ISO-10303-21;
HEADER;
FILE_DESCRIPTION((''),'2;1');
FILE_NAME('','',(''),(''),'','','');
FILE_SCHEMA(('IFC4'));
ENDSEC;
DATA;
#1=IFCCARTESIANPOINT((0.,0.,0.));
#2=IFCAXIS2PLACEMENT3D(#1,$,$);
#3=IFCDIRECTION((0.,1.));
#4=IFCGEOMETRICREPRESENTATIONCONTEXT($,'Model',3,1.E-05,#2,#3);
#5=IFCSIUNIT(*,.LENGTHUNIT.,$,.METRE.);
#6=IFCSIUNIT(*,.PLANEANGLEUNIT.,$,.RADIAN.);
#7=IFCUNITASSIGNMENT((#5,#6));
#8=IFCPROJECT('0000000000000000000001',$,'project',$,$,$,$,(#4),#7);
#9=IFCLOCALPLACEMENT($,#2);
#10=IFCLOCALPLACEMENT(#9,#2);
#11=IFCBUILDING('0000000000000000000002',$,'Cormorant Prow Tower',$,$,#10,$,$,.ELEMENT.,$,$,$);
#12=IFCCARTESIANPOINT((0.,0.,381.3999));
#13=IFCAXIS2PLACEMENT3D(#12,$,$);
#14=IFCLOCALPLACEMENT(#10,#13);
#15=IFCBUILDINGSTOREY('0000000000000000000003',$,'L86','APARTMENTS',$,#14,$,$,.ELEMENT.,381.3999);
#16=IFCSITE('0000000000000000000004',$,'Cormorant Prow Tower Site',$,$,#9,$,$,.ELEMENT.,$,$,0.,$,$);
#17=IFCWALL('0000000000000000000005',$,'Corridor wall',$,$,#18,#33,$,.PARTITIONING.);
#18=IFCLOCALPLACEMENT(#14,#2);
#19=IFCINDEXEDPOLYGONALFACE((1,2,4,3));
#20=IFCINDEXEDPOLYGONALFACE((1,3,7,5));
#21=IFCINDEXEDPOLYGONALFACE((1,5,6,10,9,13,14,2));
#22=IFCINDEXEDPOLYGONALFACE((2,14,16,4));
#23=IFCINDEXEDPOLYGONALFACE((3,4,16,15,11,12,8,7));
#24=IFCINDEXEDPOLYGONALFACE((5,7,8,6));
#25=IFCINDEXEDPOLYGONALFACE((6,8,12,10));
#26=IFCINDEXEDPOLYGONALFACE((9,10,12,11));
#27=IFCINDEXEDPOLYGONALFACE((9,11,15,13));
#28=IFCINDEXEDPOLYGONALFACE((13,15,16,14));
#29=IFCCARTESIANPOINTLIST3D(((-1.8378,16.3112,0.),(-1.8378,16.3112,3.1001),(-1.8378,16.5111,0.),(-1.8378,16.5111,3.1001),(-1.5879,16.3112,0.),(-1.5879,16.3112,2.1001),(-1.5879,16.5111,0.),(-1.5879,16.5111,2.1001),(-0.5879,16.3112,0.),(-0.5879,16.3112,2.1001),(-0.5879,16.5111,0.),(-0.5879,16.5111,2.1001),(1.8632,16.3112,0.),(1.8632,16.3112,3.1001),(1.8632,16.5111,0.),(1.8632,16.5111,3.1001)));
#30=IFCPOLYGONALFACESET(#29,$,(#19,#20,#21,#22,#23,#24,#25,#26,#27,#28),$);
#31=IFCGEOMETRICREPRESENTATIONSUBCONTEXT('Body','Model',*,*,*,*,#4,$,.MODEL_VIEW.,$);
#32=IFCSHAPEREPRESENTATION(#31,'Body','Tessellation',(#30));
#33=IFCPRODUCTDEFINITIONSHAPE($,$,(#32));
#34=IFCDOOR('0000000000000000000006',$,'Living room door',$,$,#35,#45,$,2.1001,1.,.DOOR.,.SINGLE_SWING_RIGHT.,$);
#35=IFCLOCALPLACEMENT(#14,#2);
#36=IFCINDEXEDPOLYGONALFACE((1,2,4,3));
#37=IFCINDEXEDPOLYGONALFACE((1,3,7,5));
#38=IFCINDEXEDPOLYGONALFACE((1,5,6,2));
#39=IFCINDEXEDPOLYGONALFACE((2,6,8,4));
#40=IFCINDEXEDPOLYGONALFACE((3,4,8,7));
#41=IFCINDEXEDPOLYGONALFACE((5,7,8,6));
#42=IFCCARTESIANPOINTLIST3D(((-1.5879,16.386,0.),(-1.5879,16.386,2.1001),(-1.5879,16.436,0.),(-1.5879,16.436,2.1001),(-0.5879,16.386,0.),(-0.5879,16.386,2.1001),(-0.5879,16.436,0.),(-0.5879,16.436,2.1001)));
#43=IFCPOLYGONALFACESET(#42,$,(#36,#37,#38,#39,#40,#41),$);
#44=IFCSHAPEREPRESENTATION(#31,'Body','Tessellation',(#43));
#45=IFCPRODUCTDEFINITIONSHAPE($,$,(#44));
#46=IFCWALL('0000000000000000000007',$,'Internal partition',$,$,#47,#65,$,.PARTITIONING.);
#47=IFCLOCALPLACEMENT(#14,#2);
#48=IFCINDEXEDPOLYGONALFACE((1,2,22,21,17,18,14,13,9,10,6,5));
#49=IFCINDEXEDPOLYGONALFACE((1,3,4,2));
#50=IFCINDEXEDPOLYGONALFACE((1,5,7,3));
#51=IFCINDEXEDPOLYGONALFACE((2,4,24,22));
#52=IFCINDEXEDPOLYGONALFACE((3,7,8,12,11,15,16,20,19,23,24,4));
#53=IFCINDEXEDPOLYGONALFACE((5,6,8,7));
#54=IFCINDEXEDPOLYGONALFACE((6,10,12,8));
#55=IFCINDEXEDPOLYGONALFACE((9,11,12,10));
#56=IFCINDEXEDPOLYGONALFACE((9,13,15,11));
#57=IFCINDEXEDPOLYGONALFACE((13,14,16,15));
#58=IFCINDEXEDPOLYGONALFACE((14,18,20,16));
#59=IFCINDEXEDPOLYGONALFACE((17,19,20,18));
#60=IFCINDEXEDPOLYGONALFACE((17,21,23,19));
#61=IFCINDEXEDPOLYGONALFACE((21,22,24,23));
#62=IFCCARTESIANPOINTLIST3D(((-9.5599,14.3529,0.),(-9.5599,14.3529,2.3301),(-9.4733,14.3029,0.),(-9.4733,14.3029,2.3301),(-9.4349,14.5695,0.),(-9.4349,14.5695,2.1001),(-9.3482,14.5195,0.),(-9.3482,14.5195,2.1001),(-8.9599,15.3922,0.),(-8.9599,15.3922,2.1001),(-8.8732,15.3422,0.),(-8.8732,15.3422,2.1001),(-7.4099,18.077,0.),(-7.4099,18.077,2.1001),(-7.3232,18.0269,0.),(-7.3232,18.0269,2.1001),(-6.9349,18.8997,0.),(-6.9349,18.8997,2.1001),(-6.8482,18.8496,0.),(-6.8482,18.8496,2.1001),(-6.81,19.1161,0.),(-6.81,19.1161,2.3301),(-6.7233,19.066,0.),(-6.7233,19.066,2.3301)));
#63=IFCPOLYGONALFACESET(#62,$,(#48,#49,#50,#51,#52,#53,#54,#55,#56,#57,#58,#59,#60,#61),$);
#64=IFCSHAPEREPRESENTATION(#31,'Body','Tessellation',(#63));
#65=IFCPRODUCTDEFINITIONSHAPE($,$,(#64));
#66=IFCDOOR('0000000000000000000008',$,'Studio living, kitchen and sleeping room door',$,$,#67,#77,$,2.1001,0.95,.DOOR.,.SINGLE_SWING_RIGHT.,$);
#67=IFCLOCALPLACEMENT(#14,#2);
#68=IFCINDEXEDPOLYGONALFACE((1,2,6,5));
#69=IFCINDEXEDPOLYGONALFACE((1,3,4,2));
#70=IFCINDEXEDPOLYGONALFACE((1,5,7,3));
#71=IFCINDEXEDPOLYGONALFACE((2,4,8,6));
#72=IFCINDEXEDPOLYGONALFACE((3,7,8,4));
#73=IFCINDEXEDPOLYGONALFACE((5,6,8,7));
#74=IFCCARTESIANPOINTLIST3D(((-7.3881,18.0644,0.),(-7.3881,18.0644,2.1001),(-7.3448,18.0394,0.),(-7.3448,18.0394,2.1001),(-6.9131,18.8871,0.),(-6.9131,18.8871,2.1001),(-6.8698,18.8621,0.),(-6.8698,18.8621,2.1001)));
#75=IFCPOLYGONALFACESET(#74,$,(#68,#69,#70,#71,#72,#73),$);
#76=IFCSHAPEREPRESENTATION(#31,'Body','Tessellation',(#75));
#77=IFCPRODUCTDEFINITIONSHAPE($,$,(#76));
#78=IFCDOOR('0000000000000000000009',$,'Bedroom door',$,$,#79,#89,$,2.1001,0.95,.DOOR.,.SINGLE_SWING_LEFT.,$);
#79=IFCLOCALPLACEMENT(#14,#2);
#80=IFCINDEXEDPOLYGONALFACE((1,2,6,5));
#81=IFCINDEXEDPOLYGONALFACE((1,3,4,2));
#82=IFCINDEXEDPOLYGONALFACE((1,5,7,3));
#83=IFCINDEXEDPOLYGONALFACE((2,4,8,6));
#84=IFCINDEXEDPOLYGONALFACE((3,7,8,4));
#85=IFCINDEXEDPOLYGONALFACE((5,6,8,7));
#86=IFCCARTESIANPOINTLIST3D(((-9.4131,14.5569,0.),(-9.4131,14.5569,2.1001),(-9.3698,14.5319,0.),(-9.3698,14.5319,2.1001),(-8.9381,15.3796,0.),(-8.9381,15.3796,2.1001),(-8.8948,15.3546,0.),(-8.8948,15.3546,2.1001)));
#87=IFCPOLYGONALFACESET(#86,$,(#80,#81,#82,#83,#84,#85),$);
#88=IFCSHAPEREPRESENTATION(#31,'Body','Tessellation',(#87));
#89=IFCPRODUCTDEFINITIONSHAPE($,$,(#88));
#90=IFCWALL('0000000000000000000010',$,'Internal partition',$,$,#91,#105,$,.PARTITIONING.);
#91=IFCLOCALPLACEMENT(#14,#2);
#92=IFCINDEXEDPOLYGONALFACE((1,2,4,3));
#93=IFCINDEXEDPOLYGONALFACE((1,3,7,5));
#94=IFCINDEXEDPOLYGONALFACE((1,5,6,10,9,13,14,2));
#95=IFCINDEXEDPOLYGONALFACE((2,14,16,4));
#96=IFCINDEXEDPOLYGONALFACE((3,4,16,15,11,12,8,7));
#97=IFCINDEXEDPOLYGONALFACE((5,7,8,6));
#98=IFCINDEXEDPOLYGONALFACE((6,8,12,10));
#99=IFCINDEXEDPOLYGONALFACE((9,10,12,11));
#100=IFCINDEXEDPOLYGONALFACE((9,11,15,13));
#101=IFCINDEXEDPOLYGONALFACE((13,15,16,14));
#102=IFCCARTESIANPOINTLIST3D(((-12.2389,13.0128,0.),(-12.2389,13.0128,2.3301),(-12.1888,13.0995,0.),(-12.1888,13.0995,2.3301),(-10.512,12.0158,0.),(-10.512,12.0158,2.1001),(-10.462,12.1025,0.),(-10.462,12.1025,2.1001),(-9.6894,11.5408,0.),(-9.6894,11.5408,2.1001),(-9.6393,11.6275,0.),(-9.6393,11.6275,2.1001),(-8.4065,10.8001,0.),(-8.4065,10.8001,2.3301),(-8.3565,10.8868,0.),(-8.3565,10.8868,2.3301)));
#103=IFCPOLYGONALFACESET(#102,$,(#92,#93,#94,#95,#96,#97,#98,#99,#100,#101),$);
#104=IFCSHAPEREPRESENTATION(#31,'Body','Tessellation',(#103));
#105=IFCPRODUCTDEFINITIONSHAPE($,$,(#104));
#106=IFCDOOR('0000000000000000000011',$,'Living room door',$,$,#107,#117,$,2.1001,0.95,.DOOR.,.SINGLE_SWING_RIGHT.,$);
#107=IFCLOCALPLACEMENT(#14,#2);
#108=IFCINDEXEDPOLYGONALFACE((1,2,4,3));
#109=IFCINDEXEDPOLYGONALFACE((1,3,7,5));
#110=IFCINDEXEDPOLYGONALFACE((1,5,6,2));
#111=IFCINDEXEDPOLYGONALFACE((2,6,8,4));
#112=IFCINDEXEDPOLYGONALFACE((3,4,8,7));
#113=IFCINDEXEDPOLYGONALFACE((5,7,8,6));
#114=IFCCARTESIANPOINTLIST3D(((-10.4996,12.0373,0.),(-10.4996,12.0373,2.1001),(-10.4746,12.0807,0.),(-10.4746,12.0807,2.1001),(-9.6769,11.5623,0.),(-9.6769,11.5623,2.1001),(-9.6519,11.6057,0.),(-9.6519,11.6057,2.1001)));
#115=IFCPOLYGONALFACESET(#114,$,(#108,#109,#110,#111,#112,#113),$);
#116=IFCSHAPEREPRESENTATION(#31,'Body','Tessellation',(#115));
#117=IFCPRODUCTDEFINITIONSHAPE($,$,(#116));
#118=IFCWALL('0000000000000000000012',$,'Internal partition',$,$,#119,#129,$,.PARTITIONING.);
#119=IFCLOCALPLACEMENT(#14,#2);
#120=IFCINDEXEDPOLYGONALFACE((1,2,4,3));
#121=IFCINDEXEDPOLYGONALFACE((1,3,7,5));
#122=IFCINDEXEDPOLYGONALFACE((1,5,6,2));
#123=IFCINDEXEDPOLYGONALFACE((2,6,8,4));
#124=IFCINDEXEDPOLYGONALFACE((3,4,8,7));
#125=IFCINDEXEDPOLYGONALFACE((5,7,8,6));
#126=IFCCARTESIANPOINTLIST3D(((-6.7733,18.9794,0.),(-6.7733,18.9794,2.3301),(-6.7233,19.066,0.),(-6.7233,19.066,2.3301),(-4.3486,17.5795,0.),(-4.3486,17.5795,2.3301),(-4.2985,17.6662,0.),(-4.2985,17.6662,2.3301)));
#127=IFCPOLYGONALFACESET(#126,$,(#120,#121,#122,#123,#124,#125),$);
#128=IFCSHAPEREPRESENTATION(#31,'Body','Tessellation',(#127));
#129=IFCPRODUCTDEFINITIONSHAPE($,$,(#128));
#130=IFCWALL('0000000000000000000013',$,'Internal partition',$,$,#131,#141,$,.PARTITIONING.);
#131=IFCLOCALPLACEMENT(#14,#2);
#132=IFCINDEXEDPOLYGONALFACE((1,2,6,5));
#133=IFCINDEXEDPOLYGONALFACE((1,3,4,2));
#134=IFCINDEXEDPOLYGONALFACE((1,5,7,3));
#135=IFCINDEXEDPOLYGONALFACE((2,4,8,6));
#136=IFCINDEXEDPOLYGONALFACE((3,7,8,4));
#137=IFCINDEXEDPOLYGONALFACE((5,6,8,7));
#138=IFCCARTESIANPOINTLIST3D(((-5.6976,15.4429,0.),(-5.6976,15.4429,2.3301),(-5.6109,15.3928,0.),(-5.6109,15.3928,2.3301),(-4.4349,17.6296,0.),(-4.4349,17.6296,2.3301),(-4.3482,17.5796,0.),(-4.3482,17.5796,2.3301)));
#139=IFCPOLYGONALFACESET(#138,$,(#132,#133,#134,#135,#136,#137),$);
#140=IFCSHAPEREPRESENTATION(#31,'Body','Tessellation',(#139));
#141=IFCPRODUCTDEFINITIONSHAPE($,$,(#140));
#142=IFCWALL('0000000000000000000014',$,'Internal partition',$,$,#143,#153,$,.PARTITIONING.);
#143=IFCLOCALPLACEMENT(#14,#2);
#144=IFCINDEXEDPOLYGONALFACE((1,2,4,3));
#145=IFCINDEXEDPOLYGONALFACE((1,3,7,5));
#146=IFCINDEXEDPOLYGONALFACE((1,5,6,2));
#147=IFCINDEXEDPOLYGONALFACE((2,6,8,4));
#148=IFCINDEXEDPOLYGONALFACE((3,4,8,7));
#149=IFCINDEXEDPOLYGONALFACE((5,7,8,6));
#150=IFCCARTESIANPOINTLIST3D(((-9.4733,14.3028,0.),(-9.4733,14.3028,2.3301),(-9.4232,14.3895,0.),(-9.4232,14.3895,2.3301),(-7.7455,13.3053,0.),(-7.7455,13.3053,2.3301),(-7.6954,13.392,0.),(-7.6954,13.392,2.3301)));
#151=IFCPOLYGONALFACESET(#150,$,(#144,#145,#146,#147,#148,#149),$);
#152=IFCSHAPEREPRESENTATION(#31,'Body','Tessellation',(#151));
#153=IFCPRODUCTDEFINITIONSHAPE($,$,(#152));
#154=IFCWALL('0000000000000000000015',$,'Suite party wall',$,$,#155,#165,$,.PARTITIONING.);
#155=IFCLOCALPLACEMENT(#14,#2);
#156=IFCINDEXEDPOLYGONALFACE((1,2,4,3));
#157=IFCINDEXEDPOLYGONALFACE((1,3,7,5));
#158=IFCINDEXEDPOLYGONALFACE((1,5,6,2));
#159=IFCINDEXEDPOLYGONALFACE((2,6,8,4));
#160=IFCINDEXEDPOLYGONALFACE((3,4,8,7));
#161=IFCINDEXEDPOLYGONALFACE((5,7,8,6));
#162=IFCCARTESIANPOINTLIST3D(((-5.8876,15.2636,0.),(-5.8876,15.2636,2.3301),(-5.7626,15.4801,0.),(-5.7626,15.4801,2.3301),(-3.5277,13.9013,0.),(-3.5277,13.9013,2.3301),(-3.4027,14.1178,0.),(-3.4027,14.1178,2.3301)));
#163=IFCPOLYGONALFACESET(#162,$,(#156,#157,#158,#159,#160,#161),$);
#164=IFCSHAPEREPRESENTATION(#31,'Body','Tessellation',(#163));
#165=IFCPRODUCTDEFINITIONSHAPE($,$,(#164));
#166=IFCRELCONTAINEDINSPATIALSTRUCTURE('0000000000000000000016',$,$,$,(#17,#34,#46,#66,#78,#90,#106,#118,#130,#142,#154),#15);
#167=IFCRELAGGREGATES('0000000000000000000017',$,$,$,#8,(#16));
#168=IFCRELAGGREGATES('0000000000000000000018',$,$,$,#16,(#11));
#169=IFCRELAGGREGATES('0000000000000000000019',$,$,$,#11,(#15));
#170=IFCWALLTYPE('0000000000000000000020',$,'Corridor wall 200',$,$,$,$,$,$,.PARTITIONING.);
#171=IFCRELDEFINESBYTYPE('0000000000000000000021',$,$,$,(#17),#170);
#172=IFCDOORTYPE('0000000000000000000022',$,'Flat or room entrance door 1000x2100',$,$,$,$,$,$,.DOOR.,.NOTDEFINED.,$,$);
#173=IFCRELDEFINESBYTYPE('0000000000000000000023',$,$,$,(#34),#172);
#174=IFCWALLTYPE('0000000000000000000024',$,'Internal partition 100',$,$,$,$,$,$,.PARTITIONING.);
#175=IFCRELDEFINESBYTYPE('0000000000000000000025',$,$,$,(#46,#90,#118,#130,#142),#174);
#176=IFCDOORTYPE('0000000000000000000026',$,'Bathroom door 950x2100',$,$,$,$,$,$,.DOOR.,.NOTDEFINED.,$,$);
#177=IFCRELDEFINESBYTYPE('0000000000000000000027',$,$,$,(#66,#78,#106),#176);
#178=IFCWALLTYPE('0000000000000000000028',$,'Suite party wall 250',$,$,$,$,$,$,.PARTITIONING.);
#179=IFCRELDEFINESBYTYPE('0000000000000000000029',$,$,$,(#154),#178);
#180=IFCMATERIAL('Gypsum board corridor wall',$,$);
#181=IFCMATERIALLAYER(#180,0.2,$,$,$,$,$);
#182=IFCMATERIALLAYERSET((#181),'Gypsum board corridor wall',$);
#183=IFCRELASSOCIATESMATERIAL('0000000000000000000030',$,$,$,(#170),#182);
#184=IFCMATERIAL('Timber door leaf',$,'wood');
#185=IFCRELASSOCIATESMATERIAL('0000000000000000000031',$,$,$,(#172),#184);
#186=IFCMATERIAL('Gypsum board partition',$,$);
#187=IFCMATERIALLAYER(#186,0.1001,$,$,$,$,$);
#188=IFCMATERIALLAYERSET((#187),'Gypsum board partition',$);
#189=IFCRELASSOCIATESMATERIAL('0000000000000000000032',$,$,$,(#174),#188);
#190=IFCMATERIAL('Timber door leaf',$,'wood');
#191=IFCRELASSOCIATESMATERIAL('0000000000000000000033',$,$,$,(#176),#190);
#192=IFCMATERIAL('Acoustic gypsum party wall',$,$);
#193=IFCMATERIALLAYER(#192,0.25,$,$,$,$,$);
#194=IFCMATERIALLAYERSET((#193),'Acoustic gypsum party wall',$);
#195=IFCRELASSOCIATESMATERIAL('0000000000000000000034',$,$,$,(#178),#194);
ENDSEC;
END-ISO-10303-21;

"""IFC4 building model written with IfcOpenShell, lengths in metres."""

from ifc_helpers import new_model, si_unit, direction, frame, frame_2d, origin, place, context, subcontext, project, spatial, rectangle, extrude, material, layer, layer_set, type_object, element, fill, save


model = new_model("IFC4")

# Units and contexts
model_context = context("Model", 3, precision=1e-05, world=origin(), true_north=direction((0.0, 1.0)))
body_context = subcontext(model_context, "Body", "Model", "MODEL_VIEW")
ifc_project = project(units=[si_unit("LENGTHUNIT", "METRE"), si_unit("PLANEANGLEUNIT", "RADIAN")], contexts=[model_context])

# Site, building, storey
site_placement = place(None, origin())
site = spatial("IfcSite", under=ifc_project, at=site_placement, Name="Cormorant Prow Tower Site", CompositionType="ELEMENT", RefElevation=0.0)
building_placement = place(site_placement, origin())
building = spatial("IfcBuilding", under=site, at=building_placement, Name="Cormorant Prow Tower", CompositionType="ELEMENT")
storey_placement = place(building_placement, frame((0.0, 0.0, 381.3999)))
storey = spatial("IfcBuildingStorey", under=building, at=storey_placement, Name="L86", Description="APARTMENTS", CompositionType="ELEMENT", Elevation=381.3999)

# Wall, opening, door
ifc_material_1 = material(Name="Gypsum board corridor wall")
ifc_layer_1 = layer(ifc_material_1, 0.2)
ifc_layer_set_1 = layer_set([ifc_layer_1], Name="Gypsum board corridor wall")
wall_type_1 = type_object("IfcWallType", Name="Corridor wall 200", PredefinedType="PARTITIONING", material=ifc_layer_set_1)
ifc_material_2 = material(Name="Timber door leaf", Category="wood")
door_type_1 = type_object("IfcDoorType", Name="Flat or room entrance door 1000x2100", OperationType="NOTDEFINED", PredefinedType="DOOR", material=ifc_material_2)
wall_1_placement = place(storey_placement, frame((-1.8379, 16.4111, 0.0), z_axis=(0.0, 0.0, 1.0), x_axis=(1.0, 0.0, 0.0)))
wall_1 = element("IfcWall", 1, at=wall_1_placement, inside=storey, type_object=wall_type_1, Name="Corridor wall", PredefinedType="PARTITIONING", context=body_context, shape_type="SweptSolid", body=[
    extrude(rectangle(XDim=3.7009, YDim=0.2, at=frame_2d((1.8506, 0.0))), origin(), (0.0, 0.0, 1.0), 3.1001),
])
opening_1_placement = place(wall_1_placement, frame((0.25, 0.0, 0.0)))
opening_1 = element("IfcOpeningElement", 2, at=opening_1_placement, cuts=wall_1, PredefinedType="OPENING", context=body_context, shape_type="SweptSolid", body=[
    extrude(rectangle(XDim=1.0, YDim=2.1001, at=frame_2d((0.5, 1.05))), frame((0.0, 0.1099, 0.0), z_axis=(0.0, -1.0, 0.0), x_axis=(1.0, 0.0, 0.0)), (0.0, 0.0, 1.0), 0.22),
])
door_1_placement = place(opening_1_placement, origin())
door_1 = element("IfcDoor", 3, at=door_1_placement, inside=storey, type_object=door_type_1, Name="Living room door", OperationType="SINGLE_SWING_RIGHT", OverallHeight=2.1001, OverallWidth=1.0, PredefinedType="DOOR", context=body_context, shape_type="SweptSolid", body=[
    extrude(rectangle(XDim=1.0, YDim=2.1001, at=frame_2d((0.5, 1.05))), frame((0.0, 0.0249, 0.0), z_axis=(0.0, -1.0, 0.0), x_axis=(1.0, 0.0, 0.0)), (0.0, 0.0, 1.0), 0.05),
])
fill(opening_1, door_1)

# Wall, openings, doors
ifc_material_3 = material(Name="Gypsum board partition")
ifc_layer_2 = layer(ifc_material_3, 0.1001)
ifc_layer_set_2 = layer_set([ifc_layer_2], Name="Gypsum board partition")
wall_type_2 = type_object("IfcWallType", Name="Internal partition 100", PredefinedType="PARTITIONING", material=ifc_layer_set_2)
wall_2_placement = place(storey_placement, frame((-9.5166, 14.3279, 0.0), z_axis=(0.0, 0.0, 1.0), x_axis=(0.499997, 0.866027, 0.0)))
wall_2 = element("IfcWall", 4, at=wall_2_placement, inside=storey, type_object=wall_type_2, Name="Internal partition", PredefinedType="PARTITIONING", context=body_context, shape_type="SweptSolid", body=[
    extrude(rectangle(XDim=5.5, YDim=0.1001, at=frame_2d((2.75, 0.0))), origin(), (0.0, 0.0, 1.0), 2.3301),
])
opening_2_placement = place(wall_2_placement, frame((4.3, 0.0, 0.0)))
opening_2 = element("IfcOpeningElement", 5, at=opening_2_placement, cuts=wall_2, PredefinedType="OPENING", context=body_context, shape_type="SweptSolid", body=[
    extrude(rectangle(XDim=0.95, YDim=2.1001, at=frame_2d((0.4751, 1.05))), frame((0.0, 0.0601, 0.0), z_axis=(0.0, -1.0, 0.0), x_axis=(1.0, 0.0, 0.0)), (0.0, 0.0, 1.0), 0.1201),
])
opening_3_placement = place(wall_2_placement, frame((0.25, 0.0, 0.0)))
opening_3 = element("IfcOpeningElement", 6, at=opening_3_placement, cuts=wall_2, PredefinedType="OPENING", context=body_context, shape_type="SweptSolid", body=[
    extrude(rectangle(XDim=0.95, YDim=2.1001, at=frame_2d((0.4751, 1.05))), frame((0.0, 0.0601, 0.0), z_axis=(0.0, -1.0, 0.0), x_axis=(1.0, 0.0, 0.0)), (0.0, 0.0, 1.0), 0.1201),
])
ifc_material_4 = material(Name="Timber door leaf", Category="wood")
door_type_2 = type_object("IfcDoorType", Name="Bathroom door 950x2100", OperationType="NOTDEFINED", PredefinedType="DOOR", material=ifc_material_4)
door_2_placement = place(opening_2_placement, origin())
door_2 = element("IfcDoor", 7, at=door_2_placement, inside=storey, type_object=door_type_2, Name="Studio living, kitchen and sleeping room door", OperationType="SINGLE_SWING_RIGHT", OverallHeight=2.1001, OverallWidth=0.95, PredefinedType="DOOR", context=body_context, shape_type="SweptSolid", body=[
    extrude(rectangle(XDim=0.95, YDim=2.1001, at=frame_2d((0.4751, 1.05))), frame((0.0, 0.0249, 0.0), z_axis=(0.0, -1.0, 0.0), x_axis=(1.0, 0.0, 0.0)), (0.0, 0.0, 1.0), 0.05),
])
fill(opening_2, door_2)
door_3_placement = place(opening_3_placement, origin())
door_3 = element("IfcDoor", 8, at=door_3_placement, inside=storey, type_object=door_type_2, Name="Bedroom door", OperationType="SINGLE_SWING_LEFT", OverallHeight=2.1001, OverallWidth=0.95, PredefinedType="DOOR", context=body_context, shape_type="SweptSolid", body=[
    extrude(rectangle(XDim=0.95, YDim=2.1001, at=frame_2d((0.4751, 1.05))), frame((0.0, 0.0249, 0.0), z_axis=(0.0, -1.0, 0.0), x_axis=(1.0, 0.0, 0.0)), (0.0, 0.0, 1.0), 0.05),
])
fill(opening_3, door_3)

# Wall, opening, door
wall_3_placement = place(storey_placement, frame((-12.2139, 13.0562, 0.0), z_axis=(0.0, 0.0, 1.0), x_axis=(0.866017, -0.500014, 0.0)))
wall_3 = element("IfcWall", 9, at=wall_3_placement, inside=storey, type_object=wall_type_2, Name="Internal partition", PredefinedType="PARTITIONING", context=body_context, shape_type="SweptSolid", body=[
    extrude(rectangle(XDim=4.4253, YDim=0.1001, at=frame_2d((2.2126, 0.0))), origin(), (0.0, 0.0, 1.0), 2.3301),
])
opening_4_placement = place(wall_3_placement, frame((1.9939, 0.0, 0.0)))
opening_4 = element("IfcOpeningElement", 10, at=opening_4_placement, cuts=wall_3, PredefinedType="OPENING", context=body_context, shape_type="SweptSolid", body=[
    extrude(rectangle(XDim=0.95, YDim=2.1001, at=frame_2d((0.4751, 1.05))), frame((0.0, 0.0601, 0.0), z_axis=(0.0, -1.0, 0.0), x_axis=(1.0, 0.0, 0.0)), (0.0, 0.0, 1.0), 0.1201),
])
door_4_placement = place(opening_4_placement, origin())
door_4 = element("IfcDoor", 11, at=door_4_placement, inside=storey, type_object=door_type_2, Name="Living room door", OperationType="SINGLE_SWING_RIGHT", OverallHeight=2.1001, OverallWidth=0.95, PredefinedType="DOOR", context=body_context, shape_type="SweptSolid", body=[
    extrude(rectangle(XDim=0.95, YDim=2.1001, at=frame_2d((0.4751, 1.05))), frame((0.0, 0.0249, 0.0), z_axis=(0.0, -1.0, 0.0), x_axis=(1.0, 0.0, 0.0)), (0.0, 0.0, 1.0), 0.05),
])
fill(opening_4, door_4)

# Walls
wall_4_placement = place(storey_placement, frame((-6.7483, 19.0227, 0.0), z_axis=(0.0, 0.0, 1.0), x_axis=(0.866035, -0.499984, 0.0)))
element("IfcWall", 12, at=wall_4_placement, inside=storey, type_object=wall_type_2, Name="Internal partition", PredefinedType="PARTITIONING", context=body_context, shape_type="SweptSolid", body=[
    extrude(rectangle(XDim=2.7998, YDim=0.1001, at=frame_2d((1.3999, 0.0))), origin(), (0.0, 0.0, 1.0), 2.3301),
])
wall_5_placement = place(storey_placement, frame((-5.6543, 15.4177, 0.0), z_axis=(0.0, 0.0, 1.0), x_axis=(0.500049, 0.865997, 0.0)))
element("IfcWall", 13, at=wall_5_placement, inside=storey, type_object=wall_type_2, Name="Internal partition", PredefinedType="PARTITIONING", context=body_context, shape_type="SweptSolid", body=[
    extrude(rectangle(XDim=2.5251, YDim=0.1001, at=frame_2d((1.2627, 0.0))), origin(), (0.0, 0.0, 1.0), 2.3301),
])
wall_6_placement = place(storey_placement, frame((-9.4482, 14.3462, 0.0), z_axis=(0.0, 0.0, 1.0), x_axis=(0.866021, -0.500008, 0.0)))
element("IfcWall", 14, at=wall_6_placement, inside=storey, type_object=wall_type_2, Name="Internal partition", PredefinedType="PARTITIONING", context=body_context, shape_type="SweptSolid", body=[
    extrude(rectangle(XDim=1.9951, YDim=0.1001, at=frame_2d((0.9976, 0.0))), origin(), (0.0, 0.0, 1.0), 2.3301),
])
ifc_material_5 = material(Name="Acoustic gypsum party wall")
ifc_layer_3 = layer(ifc_material_5, 0.25)
ifc_layer_set_3 = layer_set([ifc_layer_3], Name="Acoustic gypsum party wall")
wall_type_3 = type_object("IfcWallType", Name="Suite party wall 250", PredefinedType="PARTITIONING", material=ifc_layer_set_3)
wall_7_placement = place(storey_placement, frame((-5.825, 15.3718, 0.0), z_axis=(0.0, 0.0, 1.0), x_axis=(0.866051, -0.499955, 0.0)))
element("IfcWall", 15, at=wall_7_placement, inside=storey, type_object=wall_type_3, Name="Suite party wall", PredefinedType="PARTITIONING", context=body_context, shape_type="SweptSolid", body=[
    extrude(rectangle(XDim=2.7249, YDim=0.25, at=frame_2d((1.3623, 0.0))), origin(), (0.0, 0.0, 1.0), 2.3301),
])

save(model, "model.ifc")
